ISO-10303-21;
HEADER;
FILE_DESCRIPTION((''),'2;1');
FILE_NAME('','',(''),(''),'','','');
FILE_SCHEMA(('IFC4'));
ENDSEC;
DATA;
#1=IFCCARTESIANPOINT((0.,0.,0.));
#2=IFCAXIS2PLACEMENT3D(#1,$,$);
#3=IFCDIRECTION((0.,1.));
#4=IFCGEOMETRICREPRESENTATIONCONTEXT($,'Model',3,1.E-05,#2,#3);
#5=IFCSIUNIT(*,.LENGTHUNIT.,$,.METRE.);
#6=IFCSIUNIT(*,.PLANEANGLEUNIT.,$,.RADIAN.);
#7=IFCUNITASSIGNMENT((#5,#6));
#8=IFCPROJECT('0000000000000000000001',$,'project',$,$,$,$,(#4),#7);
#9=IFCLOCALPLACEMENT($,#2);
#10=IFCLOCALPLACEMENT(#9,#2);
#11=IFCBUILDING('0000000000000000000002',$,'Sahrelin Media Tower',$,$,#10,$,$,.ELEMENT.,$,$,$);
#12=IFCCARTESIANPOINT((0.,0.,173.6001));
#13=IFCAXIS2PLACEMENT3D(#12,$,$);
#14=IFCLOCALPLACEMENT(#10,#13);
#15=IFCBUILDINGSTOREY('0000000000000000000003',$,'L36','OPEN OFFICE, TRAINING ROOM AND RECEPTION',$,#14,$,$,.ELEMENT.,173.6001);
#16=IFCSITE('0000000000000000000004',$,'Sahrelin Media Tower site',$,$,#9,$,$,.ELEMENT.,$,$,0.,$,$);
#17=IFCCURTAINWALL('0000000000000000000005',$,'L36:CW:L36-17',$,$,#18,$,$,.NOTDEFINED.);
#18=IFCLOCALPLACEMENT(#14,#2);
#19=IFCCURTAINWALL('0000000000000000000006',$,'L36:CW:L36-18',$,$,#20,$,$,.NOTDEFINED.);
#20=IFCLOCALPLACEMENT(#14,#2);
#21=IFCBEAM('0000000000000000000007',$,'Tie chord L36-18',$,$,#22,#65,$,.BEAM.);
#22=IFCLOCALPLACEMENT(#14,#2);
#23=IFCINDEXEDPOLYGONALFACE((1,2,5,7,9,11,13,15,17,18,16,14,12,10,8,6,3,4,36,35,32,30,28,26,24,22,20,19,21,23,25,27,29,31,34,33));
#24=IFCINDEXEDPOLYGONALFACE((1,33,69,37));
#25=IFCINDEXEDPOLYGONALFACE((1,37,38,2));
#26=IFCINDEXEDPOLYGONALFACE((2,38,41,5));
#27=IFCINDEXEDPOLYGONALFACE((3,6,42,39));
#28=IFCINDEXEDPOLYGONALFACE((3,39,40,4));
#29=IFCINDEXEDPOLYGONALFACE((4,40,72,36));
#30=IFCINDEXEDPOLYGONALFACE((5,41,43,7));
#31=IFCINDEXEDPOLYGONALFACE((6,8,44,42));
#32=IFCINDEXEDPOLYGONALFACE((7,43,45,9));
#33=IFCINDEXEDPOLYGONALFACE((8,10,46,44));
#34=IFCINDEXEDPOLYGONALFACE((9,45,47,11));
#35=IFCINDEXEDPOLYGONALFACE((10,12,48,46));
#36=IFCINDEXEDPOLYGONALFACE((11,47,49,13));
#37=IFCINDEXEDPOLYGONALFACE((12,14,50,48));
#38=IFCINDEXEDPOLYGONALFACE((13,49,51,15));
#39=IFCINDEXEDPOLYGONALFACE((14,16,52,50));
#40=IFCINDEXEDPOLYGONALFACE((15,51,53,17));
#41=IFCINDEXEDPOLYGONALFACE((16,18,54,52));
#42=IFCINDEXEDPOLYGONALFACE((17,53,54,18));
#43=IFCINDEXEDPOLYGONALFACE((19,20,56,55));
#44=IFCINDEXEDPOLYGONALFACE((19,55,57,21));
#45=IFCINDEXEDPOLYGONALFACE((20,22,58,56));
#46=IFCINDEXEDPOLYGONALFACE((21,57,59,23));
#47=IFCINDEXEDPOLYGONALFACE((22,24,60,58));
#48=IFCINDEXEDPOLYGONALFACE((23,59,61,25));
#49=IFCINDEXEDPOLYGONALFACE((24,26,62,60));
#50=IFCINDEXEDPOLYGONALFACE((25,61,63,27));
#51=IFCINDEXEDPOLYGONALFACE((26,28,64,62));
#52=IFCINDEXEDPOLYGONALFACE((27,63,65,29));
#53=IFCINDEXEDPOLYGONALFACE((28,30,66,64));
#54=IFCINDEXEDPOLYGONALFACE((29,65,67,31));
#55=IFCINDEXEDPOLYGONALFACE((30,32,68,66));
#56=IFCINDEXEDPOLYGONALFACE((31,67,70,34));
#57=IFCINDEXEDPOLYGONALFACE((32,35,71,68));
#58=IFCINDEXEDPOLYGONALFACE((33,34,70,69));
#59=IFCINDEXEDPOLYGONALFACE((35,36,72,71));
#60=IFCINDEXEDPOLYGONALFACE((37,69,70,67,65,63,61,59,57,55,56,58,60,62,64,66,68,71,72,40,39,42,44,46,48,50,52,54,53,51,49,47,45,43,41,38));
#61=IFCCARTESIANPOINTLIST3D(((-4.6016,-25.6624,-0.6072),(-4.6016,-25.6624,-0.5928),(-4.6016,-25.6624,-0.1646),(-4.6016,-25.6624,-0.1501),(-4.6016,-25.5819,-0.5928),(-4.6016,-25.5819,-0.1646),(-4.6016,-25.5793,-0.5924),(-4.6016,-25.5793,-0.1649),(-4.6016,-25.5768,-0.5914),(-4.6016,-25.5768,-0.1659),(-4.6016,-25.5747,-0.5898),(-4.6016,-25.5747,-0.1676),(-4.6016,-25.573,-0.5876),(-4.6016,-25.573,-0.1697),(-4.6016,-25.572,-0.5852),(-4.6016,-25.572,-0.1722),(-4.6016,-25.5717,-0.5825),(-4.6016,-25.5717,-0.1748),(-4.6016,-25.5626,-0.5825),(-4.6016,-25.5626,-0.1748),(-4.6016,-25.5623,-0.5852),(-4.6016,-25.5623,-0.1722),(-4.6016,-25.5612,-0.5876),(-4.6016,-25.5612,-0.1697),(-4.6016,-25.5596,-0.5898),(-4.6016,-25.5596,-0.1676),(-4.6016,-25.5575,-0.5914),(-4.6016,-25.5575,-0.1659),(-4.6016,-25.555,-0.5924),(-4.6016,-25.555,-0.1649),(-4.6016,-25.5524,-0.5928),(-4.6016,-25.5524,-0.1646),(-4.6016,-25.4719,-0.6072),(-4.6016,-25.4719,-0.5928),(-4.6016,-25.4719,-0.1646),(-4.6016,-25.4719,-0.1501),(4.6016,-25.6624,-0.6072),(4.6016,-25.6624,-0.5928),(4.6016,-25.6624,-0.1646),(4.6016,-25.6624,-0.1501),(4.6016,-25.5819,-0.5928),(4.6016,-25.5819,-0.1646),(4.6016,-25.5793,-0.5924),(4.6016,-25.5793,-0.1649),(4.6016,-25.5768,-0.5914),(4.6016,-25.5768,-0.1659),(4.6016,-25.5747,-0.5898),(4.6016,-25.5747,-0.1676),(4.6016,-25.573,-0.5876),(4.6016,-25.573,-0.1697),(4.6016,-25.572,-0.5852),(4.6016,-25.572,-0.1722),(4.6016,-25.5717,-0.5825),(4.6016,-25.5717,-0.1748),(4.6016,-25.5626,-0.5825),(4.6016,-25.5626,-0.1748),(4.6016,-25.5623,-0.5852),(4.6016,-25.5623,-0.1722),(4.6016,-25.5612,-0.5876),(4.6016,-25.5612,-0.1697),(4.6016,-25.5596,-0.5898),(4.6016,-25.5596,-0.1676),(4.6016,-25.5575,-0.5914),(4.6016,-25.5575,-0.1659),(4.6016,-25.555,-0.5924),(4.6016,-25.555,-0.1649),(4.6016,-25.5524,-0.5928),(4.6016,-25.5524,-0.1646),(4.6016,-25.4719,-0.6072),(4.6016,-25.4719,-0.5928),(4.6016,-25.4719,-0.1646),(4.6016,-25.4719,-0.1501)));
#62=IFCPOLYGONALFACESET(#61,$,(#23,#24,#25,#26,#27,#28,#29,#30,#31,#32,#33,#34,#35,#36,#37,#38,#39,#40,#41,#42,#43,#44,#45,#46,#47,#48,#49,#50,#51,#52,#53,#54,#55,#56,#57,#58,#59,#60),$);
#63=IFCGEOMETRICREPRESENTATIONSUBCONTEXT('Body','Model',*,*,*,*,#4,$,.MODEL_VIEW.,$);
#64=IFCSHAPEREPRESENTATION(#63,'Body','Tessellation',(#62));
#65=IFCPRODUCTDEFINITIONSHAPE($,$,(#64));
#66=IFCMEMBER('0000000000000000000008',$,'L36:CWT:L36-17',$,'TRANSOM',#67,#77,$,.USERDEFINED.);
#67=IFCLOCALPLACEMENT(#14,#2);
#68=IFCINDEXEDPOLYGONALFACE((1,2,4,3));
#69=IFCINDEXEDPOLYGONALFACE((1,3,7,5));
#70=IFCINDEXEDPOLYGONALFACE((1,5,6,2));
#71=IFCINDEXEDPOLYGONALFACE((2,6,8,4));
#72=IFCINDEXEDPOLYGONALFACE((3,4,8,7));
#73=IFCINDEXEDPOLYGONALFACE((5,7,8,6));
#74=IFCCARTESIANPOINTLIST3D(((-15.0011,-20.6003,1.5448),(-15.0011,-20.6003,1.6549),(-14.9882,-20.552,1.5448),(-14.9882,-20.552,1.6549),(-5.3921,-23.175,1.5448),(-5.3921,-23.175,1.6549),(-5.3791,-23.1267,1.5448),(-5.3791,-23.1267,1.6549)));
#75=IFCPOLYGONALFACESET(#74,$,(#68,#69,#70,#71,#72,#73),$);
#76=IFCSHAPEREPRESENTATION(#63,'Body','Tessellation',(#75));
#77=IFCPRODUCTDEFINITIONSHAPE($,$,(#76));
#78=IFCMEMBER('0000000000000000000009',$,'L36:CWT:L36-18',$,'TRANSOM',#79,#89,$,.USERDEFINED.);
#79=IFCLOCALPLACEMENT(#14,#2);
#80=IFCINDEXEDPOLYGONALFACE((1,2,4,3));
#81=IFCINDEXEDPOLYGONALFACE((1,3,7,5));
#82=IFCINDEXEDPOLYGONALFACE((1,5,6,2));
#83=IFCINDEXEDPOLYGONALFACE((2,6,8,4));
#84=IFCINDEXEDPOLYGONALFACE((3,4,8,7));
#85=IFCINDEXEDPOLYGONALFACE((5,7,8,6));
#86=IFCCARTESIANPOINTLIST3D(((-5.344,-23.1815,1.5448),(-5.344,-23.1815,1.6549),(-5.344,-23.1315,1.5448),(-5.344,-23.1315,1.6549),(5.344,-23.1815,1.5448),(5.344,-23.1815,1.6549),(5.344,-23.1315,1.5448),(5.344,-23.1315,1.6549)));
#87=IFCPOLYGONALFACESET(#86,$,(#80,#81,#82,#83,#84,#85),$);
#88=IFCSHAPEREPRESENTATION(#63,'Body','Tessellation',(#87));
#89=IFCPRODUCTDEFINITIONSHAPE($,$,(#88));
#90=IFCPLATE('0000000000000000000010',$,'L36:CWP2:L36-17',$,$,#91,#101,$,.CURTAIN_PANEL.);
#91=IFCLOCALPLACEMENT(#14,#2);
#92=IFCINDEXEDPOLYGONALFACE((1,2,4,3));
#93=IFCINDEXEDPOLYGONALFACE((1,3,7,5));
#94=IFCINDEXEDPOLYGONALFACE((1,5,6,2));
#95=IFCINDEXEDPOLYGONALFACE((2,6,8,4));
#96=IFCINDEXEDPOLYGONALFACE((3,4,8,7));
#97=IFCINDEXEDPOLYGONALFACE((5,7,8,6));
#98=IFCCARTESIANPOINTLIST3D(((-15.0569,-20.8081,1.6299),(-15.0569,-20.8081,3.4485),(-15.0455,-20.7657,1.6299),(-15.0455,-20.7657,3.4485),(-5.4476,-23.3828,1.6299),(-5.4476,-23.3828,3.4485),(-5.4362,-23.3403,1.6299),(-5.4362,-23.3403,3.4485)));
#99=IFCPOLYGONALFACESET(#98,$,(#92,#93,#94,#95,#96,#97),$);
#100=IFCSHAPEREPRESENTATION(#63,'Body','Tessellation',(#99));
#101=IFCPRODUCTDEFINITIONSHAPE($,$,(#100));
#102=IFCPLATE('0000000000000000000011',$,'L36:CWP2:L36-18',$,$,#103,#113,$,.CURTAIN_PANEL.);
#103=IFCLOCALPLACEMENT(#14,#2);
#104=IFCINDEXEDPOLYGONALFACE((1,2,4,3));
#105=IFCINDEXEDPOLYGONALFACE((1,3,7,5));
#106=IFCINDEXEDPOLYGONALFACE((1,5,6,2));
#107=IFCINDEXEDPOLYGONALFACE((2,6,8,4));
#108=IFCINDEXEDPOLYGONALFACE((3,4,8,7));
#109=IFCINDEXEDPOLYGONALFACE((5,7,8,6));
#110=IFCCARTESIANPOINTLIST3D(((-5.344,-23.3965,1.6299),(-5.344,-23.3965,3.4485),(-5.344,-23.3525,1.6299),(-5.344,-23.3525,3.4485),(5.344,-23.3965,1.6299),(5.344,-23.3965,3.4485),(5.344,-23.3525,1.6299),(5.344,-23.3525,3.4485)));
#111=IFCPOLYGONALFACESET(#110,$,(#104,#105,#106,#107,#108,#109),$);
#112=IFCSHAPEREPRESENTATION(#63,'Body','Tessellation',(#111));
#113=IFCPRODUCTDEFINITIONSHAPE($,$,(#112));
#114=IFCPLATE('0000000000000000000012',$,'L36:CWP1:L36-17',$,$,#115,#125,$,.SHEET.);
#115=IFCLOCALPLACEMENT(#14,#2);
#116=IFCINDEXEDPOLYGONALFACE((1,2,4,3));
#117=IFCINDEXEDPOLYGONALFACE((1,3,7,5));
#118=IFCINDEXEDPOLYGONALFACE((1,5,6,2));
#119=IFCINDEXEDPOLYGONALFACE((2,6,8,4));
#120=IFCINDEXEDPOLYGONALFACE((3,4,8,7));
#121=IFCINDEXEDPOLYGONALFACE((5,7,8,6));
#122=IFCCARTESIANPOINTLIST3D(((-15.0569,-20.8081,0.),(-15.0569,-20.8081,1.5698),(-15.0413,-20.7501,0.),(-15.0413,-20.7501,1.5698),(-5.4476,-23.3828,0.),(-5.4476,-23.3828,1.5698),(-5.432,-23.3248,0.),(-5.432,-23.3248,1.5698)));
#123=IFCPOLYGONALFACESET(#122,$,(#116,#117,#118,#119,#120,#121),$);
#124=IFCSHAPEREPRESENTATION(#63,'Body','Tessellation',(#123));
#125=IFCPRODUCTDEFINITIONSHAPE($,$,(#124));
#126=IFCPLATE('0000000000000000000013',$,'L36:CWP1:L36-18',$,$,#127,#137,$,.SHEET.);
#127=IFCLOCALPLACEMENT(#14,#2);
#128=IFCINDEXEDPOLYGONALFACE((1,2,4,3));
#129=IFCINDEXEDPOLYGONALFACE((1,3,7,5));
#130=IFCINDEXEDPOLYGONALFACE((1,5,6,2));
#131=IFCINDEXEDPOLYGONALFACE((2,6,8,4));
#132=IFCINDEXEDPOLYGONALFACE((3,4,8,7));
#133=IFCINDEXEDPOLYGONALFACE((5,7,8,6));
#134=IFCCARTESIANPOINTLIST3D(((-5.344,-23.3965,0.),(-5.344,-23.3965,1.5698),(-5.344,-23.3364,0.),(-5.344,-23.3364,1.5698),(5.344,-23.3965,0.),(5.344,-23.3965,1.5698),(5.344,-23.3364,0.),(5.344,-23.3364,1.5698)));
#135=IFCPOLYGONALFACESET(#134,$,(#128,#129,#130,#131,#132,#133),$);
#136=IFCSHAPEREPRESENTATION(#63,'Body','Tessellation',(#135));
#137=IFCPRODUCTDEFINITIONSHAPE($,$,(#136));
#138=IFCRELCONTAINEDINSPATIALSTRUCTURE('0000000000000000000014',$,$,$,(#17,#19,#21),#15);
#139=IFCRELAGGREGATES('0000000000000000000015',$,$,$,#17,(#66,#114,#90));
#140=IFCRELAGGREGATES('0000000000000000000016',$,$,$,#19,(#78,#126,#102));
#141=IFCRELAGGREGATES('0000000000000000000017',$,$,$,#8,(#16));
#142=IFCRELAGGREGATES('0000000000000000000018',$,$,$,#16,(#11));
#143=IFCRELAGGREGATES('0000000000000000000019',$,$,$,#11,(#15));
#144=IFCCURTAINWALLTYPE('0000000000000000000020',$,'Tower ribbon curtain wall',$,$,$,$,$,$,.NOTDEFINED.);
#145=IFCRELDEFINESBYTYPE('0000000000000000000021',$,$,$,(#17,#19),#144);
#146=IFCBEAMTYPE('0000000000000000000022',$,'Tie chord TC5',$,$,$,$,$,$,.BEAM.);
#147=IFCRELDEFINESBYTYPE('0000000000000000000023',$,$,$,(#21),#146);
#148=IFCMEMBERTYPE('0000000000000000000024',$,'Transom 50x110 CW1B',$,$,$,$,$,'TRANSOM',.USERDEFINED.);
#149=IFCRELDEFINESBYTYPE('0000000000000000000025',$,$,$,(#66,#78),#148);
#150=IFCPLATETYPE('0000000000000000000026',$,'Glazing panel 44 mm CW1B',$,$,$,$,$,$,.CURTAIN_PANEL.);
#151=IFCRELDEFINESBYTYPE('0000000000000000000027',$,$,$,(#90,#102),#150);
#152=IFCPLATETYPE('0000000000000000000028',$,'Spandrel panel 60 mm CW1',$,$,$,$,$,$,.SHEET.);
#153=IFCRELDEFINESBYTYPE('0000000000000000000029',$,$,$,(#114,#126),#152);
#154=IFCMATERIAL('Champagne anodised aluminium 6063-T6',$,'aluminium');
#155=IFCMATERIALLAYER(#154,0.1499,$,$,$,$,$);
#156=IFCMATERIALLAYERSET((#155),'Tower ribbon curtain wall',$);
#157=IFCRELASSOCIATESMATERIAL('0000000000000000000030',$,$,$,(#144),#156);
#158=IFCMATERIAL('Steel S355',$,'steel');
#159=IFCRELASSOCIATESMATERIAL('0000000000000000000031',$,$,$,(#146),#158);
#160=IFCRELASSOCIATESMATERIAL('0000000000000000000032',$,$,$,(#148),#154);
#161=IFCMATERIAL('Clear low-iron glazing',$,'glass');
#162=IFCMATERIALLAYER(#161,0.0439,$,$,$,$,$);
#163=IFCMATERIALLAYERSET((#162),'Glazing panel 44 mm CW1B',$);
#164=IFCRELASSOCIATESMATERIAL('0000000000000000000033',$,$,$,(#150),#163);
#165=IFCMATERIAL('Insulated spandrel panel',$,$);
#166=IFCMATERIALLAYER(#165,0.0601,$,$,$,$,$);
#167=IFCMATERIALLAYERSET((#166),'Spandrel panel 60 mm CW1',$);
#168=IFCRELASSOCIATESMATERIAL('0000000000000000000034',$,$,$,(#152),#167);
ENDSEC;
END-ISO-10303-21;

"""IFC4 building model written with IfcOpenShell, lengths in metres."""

from ifc_helpers import new_model, si_unit, direction, frame, origin, origin_2d, place, context, subcontext, project, spatial, polyline, rectangle, i_section, outline, extrude, material, layer, layer_set, material_profile, profile_set, type_object, element, aggregate, save


model = new_model("IFC4")

# Units and contexts
model_context = context("Model", 3, precision=1e-05, world=origin(), true_north=direction((0.0, 1.0)))
body_context = subcontext(model_context, "Body", "Model", "MODEL_VIEW")
ifc_project = project(units=[si_unit("LENGTHUNIT", "METRE"), si_unit("PLANEANGLEUNIT", "RADIAN")], contexts=[model_context])

# Site, building, storey
site_placement = place(None, origin())
site = spatial("IfcSite", under=ifc_project, at=site_placement, Name="Sahrelin Media Tower site", CompositionType="ELEMENT", RefElevation=0.0)
building_placement = place(site_placement, origin())
building = spatial("IfcBuilding", under=site, at=building_placement, Name="Sahrelin Media Tower", CompositionType="ELEMENT")
storey_placement = place(building_placement, frame((0.0, 0.0, 173.6001)))
storey = spatial("IfcBuildingStorey", under=building, at=storey_placement, Name="L36", Description="OPEN OFFICE, TRAINING ROOM AND RECEPTION", CompositionType="ELEMENT", Elevation=173.6001)

# Shared definitions
ifc_material_1 = material(Name="Steel S355", Category="steel")

# Curtain walls
ifc_material_2 = material(Name="Champagne anodised aluminium 6063-T6", Category="aluminium")
ifc_layer_1 = layer(ifc_material_2, 0.1499)
ifc_layer_set_1 = layer_set([ifc_layer_1], Name="Tower ribbon curtain wall")
curtain_wall_type = type_object("IfcCurtainWallType", Name="Tower ribbon curtain wall", PredefinedType="NOTDEFINED", material=ifc_layer_set_1)
curtain_wall_1_placement = place(storey_placement, frame((-10.2471, -22.0762, 0.0), z_axis=(0.0, 0.0, 1.0), x_axis=(1.0, 0.0, 0.0)))
curtain_wall_1 = element("IfcCurtainWall", 1, at=curtain_wall_1_placement, inside=storey, type_object=curtain_wall_type, Name="L36:CW:L36-17", PredefinedType="NOTDEFINED")
curtain_wall_2_placement = place(storey_placement, frame((0.0, -23.3765, 0.0), z_axis=(0.0, 0.0, 1.0), x_axis=(1.0, 0.0, 0.0)))
curtain_wall_2 = element("IfcCurtainWall", 2, at=curtain_wall_2_placement, inside=storey, type_object=curtain_wall_type, Name="L36:CW:L36-18", PredefinedType="NOTDEFINED")

# Beam
ifc_material_profile_1 = material_profile(ifc_material_1, i_section(OverallWidth=0.1904, OverallDepth=0.457, WebThickness=0.009, FlangeThickness=0.0144, FilletRadius=0.0103, at=origin_2d()), Name="UB 457x191x74")
ifc_profile_set_1 = profile_set([ifc_material_profile_1], Name="Steel S355")
beam_type_1 = type_object("IfcBeamType", Name="Tie chord TC5", PredefinedType="BEAM", material=ifc_profile_set_1)
beam_1_placement = place(storey_placement, frame((-4.6016, -25.5671, -0.3787), z_axis=(1.0, 0.0, 0.0), x_axis=(0.0, 1.0, 0.0)))
element("IfcBeam", 3, at=beam_1_placement, inside=storey, type_object=beam_type_1, Name="Tie chord L36-18", PredefinedType="BEAM", context=body_context, shape_type="SweptSolid", body=[
    extrude(i_section(OverallWidth=0.1904, OverallDepth=0.457, WebThickness=0.009, FlangeThickness=0.0144, FilletRadius=0.0103, at=origin_2d()), origin(), (0.0, 0.0, 1.0), 9.2031),
])

# Members
ifc_material_profile_2 = material_profile(ifc_material_2, rectangle(XDim=0.05, YDim=0.1101, at=origin_2d()), Name="Transom 50x110")
ifc_profile_set_2 = profile_set([ifc_material_profile_2], Name="Champagne anodised aluminium 6063-T6")
member_type_1 = type_object("IfcMemberType", Name="Transom 50x110 CW1B", ElementType="TRANSOM", PredefinedType="USERDEFINED", material=ifc_profile_set_2)
member_1_placement = place(storey_placement, frame((-14.9946, -20.5762, 1.5999), z_axis=(0.965927, -0.258814, 0.0), x_axis=(0.258814, 0.965927, 0.0)))
member_1 = element("IfcMember", 4, at=member_1_placement, type_object=member_type_1, Name="L36:CWT:L36-17", ObjectType="TRANSOM", PredefinedType="USERDEFINED", context=body_context, shape_type="SweptSolid", body=[
    extrude(rectangle(XDim=0.05, YDim=0.1101, at=origin_2d()), origin(), (0.0, 0.0, 1.0), 9.948),
])
member_2_placement = place(storey_placement, frame((-5.344, -23.1565, 1.5999), z_axis=(1.0, 0.0, 0.0), x_axis=(0.0, 1.0, 0.0)))
member_2 = element("IfcMember", 5, at=member_2_placement, type_object=member_type_1, Name="L36:CWT:L36-18", ObjectType="TRANSOM", PredefinedType="USERDEFINED", context=body_context, shape_type="SweptSolid", body=[
    extrude(rectangle(XDim=0.05, YDim=0.1101, at=origin_2d()), origin(), (0.0, 0.0, 1.0), 10.688),
])

# Plates
ifc_material_3 = material(Name="Clear low-iron glazing", Category="glass")
ifc_layer_2 = layer(ifc_material_3, 0.0439)
ifc_layer_set_2 = layer_set([ifc_layer_2], Name="Glazing panel 44 mm CW1B")
plate_type_1 = type_object("IfcPlateType", Name="Glazing panel 44 mm CW1B", PredefinedType="CURTAIN_PANEL", material=ifc_layer_set_2)
plate_1_placement = place(storey_placement, frame((-15.0569, -20.8081, 1.6299), z_axis=(-0.258808, -0.965929, 0.0), x_axis=(0.965929, -0.258808, 0.0)))
plate_1 = element("IfcPlate", 6, at=plate_1_placement, type_object=plate_type_1, Name="L36:CWP2:L36-17", PredefinedType="CURTAIN_PANEL", context=body_context, shape_type="SweptSolid", body=[
    extrude(outline(polyline([(0.0, 0.0), (9.9482, 0.0), (9.9482, 1.8186), (0.0, 1.8186), (0.0, 0.0)])), origin(), (0.0, 0.0, -1.0), 0.0439),
])
plate_2_placement = place(storey_placement, frame((-5.344, -23.3965, 1.6299), z_axis=(0.0, -1.0, 0.0), x_axis=(1.0, 0.0, 0.0)))
plate_2 = element("IfcPlate", 7, at=plate_2_placement, type_object=plate_type_1, Name="L36:CWP2:L36-18", PredefinedType="CURTAIN_PANEL", context=body_context, shape_type="SweptSolid", body=[
    extrude(outline(polyline([(0.0, 0.0), (10.688, 0.0), (10.688, 1.8186), (0.0, 1.8186), (0.0, 0.0)])), origin(), (0.0, 0.0, -1.0), 0.0439),
])
ifc_material_4 = material(Name="Insulated spandrel panel")
ifc_layer_3 = layer(ifc_material_4, 0.0601)
ifc_layer_set_3 = layer_set([ifc_layer_3], Name="Spandrel panel 60 mm CW1")
plate_type_2 = type_object("IfcPlateType", Name="Spandrel panel 60 mm CW1", PredefinedType="SHEET", material=ifc_layer_set_3)
plate_3_placement = place(storey_placement, frame((-15.0569, -20.8081, 0.0), z_axis=(-0.258808, -0.965929, 0.0), x_axis=(0.965929, -0.258808, 0.0)))
plate_3 = element("IfcPlate", 8, at=plate_3_placement, type_object=plate_type_2, Name="L36:CWP1:L36-17", PredefinedType="SHEET", context=body_context, shape_type="SweptSolid", body=[
    extrude(outline(polyline([(0.0, 0.0), (9.9482, 0.0), (9.9482, 1.5698), (0.0, 1.5698), (0.0, 0.0)])), origin(), (0.0, 0.0, -1.0), 0.0601),
])
aggregate(curtain_wall_1, [member_1, plate_3, plate_1])
plate_4_placement = place(storey_placement, frame((-5.344, -23.3965, 0.0), z_axis=(0.0, -1.0, 0.0), x_axis=(1.0, 0.0, 0.0)))
plate_4 = element("IfcPlate", 9, at=plate_4_placement, type_object=plate_type_2, Name="L36:CWP1:L36-18", PredefinedType="SHEET", context=body_context, shape_type="SweptSolid", body=[
    extrude(outline(polyline([(0.0, 0.0), (10.688, 0.0), (10.688, 1.5698), (0.0, 1.5698), (0.0, 0.0)])), origin(), (0.0, 0.0, -1.0), 0.0601),
])
aggregate(curtain_wall_2, [member_2, plate_4, plate_2])

save(model, "model.ifc")
